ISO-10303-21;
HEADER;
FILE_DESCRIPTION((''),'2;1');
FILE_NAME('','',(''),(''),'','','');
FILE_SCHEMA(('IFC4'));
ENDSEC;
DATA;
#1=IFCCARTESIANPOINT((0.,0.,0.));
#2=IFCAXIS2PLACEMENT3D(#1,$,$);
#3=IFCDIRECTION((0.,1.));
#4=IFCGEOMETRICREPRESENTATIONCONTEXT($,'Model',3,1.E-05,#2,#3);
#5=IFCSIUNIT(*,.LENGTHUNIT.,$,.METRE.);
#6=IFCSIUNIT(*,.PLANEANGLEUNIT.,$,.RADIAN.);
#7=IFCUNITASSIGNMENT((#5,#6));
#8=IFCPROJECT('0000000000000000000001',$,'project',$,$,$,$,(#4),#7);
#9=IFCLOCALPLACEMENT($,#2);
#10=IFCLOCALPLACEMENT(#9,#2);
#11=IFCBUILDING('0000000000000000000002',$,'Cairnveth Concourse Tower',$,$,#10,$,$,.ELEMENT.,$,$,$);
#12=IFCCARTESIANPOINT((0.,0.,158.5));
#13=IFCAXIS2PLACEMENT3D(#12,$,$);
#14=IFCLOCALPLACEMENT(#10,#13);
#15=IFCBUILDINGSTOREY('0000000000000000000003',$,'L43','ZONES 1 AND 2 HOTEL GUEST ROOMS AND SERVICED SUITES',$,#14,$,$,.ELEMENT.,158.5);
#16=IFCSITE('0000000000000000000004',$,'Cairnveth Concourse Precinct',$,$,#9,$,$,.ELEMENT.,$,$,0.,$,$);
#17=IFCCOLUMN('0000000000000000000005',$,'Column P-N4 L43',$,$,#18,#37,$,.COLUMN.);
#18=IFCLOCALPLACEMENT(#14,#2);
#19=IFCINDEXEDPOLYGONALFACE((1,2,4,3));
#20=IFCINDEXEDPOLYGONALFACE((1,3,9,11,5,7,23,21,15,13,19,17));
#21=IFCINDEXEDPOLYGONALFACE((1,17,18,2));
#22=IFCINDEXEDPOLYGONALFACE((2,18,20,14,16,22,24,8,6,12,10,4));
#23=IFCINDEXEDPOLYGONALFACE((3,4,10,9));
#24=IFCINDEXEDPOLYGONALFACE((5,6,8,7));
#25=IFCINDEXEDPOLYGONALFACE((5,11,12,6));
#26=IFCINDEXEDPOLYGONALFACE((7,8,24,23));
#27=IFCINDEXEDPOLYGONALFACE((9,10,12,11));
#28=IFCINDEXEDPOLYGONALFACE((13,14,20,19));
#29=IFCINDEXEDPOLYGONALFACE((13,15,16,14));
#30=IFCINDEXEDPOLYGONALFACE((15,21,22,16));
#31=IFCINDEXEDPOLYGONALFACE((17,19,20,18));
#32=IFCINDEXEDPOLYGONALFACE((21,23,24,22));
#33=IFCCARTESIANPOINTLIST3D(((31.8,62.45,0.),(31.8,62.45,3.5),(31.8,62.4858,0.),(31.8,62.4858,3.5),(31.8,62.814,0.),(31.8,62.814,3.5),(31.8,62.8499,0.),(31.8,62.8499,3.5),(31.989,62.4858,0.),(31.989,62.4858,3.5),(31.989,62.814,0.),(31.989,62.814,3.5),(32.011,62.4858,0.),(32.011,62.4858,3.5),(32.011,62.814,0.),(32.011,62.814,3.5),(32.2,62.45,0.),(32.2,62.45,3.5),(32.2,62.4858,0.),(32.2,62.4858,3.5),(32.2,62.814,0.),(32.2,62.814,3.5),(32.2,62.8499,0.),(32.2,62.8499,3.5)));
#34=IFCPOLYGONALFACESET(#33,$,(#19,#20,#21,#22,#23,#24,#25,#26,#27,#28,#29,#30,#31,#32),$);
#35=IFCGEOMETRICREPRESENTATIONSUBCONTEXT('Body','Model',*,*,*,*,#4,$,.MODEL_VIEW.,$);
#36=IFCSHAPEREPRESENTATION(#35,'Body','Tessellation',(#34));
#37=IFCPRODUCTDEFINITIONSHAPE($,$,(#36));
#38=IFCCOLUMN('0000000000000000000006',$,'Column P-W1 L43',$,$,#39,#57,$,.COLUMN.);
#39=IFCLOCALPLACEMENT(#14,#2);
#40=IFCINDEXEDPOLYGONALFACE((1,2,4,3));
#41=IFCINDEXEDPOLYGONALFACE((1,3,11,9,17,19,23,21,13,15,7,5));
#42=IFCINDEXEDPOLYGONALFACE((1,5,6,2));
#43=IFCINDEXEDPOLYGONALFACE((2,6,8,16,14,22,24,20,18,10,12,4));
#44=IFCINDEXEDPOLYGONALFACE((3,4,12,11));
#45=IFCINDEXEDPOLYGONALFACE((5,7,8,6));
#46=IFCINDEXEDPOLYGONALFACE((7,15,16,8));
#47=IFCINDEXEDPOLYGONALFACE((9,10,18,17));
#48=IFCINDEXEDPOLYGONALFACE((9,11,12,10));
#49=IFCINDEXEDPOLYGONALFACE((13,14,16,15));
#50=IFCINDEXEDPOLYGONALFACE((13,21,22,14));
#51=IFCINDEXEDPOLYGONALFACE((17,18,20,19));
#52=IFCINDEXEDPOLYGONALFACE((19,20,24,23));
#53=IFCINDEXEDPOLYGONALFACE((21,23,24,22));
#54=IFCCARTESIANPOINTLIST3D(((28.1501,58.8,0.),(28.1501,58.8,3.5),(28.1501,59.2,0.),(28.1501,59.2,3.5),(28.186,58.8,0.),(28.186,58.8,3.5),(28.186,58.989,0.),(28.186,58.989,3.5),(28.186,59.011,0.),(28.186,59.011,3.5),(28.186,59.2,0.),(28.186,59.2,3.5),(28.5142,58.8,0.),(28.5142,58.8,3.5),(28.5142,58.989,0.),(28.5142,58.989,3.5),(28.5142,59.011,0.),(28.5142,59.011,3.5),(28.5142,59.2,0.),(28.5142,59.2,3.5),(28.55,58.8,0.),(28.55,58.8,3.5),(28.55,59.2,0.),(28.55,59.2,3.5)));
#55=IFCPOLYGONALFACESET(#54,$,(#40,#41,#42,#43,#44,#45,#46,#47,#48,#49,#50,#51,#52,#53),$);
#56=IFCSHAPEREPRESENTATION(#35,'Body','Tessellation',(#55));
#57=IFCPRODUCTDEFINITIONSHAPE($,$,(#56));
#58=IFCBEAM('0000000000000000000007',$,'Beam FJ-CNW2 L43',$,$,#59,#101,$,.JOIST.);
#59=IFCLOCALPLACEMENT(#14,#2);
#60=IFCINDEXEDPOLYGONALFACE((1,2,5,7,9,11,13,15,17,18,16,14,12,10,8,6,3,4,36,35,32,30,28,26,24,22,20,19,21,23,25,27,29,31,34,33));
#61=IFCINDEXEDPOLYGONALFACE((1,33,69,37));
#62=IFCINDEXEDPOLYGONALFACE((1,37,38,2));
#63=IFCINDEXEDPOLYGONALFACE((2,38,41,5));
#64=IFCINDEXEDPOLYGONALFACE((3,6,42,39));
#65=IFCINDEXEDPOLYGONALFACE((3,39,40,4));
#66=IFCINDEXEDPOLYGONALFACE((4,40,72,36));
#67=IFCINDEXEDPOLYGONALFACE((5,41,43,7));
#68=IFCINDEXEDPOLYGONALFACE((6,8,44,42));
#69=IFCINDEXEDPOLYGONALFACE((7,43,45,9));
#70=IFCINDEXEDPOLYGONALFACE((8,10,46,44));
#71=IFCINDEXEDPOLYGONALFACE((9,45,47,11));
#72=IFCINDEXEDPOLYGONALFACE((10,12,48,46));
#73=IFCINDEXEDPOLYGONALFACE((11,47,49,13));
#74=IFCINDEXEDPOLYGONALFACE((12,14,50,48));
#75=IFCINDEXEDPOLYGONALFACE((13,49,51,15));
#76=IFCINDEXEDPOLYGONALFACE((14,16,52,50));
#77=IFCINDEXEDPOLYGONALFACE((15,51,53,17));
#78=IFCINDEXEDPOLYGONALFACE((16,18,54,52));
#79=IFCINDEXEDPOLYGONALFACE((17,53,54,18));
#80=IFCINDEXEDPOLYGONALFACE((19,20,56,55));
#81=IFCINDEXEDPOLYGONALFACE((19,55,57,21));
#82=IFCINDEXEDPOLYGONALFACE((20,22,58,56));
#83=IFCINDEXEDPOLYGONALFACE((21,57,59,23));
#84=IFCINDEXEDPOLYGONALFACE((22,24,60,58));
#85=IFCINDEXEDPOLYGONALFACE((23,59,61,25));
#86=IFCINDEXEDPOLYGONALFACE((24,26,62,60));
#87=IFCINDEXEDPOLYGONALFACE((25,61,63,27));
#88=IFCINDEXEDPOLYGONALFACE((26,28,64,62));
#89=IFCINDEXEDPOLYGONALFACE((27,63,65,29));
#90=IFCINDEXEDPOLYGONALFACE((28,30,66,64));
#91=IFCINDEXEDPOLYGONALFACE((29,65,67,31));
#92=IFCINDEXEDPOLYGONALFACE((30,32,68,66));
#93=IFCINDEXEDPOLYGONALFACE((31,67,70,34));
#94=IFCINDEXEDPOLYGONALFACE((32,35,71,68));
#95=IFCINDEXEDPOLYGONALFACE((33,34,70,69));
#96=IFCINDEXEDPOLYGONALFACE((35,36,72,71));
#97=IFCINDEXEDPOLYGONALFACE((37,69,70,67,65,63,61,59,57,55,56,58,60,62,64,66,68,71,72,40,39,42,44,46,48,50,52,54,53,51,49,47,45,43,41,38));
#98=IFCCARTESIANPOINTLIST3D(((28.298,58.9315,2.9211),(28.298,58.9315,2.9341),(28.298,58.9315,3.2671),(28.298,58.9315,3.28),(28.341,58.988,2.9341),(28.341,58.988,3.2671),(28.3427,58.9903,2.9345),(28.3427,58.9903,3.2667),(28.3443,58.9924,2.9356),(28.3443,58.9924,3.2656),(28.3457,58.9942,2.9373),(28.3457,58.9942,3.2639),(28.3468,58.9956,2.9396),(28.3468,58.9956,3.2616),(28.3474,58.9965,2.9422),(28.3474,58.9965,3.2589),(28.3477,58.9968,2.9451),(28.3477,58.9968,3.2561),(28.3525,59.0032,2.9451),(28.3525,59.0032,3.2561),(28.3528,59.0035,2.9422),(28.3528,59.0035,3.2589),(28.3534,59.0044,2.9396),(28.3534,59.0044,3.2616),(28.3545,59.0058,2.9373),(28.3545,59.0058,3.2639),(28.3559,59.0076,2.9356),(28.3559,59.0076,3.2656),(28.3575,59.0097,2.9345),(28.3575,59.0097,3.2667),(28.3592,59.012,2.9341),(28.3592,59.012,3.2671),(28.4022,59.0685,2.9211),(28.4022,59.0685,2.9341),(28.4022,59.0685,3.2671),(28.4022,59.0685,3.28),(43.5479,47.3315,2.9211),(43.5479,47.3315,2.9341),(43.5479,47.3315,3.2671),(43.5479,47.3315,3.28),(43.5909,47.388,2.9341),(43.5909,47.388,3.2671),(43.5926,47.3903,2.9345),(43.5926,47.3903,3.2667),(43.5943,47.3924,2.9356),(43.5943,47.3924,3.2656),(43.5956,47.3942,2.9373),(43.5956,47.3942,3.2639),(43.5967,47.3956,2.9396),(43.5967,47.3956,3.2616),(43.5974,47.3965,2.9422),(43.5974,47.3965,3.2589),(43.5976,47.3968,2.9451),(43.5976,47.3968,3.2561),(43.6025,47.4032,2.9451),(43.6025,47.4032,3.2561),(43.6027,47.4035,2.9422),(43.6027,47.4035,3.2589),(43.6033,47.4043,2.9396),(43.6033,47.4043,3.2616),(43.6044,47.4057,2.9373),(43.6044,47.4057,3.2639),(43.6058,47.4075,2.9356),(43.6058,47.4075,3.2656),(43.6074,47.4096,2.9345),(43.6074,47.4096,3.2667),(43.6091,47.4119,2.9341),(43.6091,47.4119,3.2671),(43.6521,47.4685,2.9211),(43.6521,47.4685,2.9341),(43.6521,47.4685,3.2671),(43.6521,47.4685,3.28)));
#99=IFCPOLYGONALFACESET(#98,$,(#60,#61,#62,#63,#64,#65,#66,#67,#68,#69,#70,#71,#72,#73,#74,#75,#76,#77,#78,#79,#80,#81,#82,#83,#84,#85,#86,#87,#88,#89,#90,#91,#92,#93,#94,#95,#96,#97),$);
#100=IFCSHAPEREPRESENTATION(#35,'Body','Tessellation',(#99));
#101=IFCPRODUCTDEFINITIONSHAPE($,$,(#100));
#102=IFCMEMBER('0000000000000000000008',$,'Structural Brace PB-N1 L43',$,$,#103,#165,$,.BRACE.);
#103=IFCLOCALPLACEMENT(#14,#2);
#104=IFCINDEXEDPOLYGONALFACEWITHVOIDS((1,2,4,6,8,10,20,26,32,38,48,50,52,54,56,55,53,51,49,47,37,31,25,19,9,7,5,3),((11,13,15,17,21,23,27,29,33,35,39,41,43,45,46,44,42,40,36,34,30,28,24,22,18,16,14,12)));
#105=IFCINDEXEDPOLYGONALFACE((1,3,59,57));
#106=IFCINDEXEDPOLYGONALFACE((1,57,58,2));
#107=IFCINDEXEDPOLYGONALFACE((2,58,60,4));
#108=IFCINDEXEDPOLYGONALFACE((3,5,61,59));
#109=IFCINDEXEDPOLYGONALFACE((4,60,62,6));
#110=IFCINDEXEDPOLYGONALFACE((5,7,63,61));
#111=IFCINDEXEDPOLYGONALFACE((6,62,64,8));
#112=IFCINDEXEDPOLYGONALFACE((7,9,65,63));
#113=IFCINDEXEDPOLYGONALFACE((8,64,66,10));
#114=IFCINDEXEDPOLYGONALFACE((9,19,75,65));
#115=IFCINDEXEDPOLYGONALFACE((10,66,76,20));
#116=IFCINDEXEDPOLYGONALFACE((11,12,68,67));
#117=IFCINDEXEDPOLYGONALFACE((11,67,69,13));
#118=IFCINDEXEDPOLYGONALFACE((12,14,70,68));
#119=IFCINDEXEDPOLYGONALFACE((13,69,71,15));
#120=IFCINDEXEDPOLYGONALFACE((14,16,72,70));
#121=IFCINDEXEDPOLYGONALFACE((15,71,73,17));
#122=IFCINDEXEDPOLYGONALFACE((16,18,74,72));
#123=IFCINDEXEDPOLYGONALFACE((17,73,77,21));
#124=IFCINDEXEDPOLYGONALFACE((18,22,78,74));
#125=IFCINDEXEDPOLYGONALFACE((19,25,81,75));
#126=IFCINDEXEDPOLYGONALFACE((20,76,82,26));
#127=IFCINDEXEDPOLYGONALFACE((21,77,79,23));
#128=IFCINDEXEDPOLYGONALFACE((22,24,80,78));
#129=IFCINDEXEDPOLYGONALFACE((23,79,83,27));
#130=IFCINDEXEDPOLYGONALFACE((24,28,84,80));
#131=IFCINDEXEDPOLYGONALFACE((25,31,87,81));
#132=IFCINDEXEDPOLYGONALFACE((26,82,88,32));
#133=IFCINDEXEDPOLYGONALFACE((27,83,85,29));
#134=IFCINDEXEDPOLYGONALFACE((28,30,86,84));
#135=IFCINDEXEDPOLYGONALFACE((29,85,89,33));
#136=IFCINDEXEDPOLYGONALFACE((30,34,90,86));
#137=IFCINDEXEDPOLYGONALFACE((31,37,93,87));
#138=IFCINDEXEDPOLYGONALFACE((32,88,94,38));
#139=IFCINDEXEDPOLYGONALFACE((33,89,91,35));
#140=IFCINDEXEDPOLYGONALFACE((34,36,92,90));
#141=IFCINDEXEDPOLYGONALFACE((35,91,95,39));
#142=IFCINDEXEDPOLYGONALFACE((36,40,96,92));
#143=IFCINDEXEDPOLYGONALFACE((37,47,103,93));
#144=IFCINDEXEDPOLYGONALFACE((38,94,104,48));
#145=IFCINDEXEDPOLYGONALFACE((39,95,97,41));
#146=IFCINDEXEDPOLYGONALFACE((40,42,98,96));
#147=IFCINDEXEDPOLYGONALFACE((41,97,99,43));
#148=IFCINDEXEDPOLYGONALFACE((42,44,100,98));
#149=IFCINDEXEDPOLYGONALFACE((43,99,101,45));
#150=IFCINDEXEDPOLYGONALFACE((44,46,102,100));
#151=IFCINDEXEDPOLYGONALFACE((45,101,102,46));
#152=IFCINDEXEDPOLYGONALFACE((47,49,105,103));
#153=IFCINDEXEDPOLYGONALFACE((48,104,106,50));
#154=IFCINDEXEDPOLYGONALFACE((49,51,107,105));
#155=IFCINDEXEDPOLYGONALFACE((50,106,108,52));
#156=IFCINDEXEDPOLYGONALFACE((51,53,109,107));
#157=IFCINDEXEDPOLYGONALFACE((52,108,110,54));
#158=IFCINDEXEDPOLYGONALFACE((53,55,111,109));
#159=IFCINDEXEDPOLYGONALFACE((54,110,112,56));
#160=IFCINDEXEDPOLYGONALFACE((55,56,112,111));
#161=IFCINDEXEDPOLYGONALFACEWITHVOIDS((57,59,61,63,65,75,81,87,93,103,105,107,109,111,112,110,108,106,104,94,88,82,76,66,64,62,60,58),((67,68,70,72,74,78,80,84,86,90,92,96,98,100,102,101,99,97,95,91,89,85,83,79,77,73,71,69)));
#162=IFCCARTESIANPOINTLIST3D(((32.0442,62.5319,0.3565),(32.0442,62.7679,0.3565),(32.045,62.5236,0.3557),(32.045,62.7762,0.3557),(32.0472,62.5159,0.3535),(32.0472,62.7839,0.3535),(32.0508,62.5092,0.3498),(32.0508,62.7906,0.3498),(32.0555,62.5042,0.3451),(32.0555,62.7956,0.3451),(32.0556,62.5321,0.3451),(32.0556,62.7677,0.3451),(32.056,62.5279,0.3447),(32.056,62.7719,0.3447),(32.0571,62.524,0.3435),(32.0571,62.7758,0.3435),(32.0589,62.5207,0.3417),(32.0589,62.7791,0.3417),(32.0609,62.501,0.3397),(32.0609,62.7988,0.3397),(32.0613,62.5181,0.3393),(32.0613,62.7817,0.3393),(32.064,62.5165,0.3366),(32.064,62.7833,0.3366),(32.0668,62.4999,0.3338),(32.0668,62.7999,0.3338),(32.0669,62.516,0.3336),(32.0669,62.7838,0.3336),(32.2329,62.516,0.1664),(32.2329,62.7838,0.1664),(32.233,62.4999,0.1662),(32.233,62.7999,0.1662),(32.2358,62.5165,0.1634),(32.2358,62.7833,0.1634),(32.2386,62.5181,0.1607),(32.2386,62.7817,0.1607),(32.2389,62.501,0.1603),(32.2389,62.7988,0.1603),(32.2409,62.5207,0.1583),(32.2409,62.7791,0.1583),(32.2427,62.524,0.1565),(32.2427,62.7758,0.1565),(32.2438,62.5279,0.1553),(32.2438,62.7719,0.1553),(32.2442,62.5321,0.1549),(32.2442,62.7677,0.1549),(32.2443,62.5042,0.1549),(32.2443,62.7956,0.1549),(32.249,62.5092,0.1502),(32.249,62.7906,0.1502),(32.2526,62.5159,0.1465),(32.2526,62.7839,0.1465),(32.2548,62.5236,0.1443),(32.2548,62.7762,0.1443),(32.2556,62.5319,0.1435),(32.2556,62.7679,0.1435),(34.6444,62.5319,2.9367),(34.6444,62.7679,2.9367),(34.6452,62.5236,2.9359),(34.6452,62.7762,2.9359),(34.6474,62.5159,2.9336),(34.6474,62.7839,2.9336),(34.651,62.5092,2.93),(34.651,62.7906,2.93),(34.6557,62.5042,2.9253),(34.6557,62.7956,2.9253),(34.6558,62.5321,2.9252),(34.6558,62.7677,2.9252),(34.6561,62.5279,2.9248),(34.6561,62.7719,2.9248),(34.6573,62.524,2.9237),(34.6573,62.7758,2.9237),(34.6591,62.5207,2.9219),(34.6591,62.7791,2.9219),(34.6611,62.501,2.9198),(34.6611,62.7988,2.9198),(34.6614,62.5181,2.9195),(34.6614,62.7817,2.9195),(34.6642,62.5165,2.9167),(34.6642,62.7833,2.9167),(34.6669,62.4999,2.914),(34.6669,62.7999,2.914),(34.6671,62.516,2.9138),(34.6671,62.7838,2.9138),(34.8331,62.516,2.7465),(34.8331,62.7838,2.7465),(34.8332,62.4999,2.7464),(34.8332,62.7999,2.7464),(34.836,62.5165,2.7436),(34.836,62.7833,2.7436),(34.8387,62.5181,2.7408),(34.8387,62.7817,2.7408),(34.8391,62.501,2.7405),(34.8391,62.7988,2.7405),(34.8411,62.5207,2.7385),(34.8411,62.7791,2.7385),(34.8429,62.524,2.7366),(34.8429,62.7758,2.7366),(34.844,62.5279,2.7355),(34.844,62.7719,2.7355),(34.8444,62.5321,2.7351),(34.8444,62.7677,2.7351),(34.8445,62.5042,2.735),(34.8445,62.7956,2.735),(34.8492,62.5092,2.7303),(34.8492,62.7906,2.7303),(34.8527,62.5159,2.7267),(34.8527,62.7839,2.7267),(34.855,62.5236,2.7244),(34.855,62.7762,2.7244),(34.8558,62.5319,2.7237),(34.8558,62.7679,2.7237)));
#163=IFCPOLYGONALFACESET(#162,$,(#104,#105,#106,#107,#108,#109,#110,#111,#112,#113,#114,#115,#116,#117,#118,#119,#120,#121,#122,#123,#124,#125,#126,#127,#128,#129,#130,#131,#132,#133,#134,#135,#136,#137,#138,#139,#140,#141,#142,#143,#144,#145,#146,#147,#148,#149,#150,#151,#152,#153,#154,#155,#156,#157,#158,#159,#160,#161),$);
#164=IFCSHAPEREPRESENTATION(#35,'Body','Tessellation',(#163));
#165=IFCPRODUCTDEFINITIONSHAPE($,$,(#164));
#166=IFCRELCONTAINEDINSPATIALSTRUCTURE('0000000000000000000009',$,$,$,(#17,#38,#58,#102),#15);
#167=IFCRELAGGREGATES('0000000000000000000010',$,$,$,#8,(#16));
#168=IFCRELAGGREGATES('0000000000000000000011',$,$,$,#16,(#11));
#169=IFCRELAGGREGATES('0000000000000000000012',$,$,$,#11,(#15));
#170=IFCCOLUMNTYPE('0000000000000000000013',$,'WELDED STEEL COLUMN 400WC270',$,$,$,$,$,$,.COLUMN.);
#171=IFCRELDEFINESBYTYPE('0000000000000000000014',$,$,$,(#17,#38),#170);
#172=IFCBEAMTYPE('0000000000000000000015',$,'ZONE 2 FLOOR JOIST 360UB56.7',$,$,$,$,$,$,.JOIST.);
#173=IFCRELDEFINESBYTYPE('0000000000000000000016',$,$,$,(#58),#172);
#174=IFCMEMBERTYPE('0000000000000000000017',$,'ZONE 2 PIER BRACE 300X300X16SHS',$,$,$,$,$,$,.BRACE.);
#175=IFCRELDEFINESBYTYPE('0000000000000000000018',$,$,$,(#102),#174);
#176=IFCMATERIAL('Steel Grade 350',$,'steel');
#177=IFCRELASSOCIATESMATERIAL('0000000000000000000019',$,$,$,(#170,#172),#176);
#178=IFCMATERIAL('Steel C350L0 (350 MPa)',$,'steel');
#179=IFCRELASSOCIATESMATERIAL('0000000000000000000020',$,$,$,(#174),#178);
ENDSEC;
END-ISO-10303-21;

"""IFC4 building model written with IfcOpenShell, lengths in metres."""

from ifc_helpers import new_model, si_unit, direction, frame, origin, origin_2d, place, context, subcontext, project, spatial, hollow_rectangle, i_section, extrude, material, material_profile, profile_set, type_object, element, save


model = new_model("IFC4")

# Units and contexts
model_context = context("Model", 3, precision=1e-05, world=origin(), true_north=direction((0.0, 1.0)))
body_context = subcontext(model_context, "Body", "Model", "MODEL_VIEW")
ifc_project = project(units=[si_unit("LENGTHUNIT", "METRE"), si_unit("PLANEANGLEUNIT", "RADIAN")], contexts=[model_context])

# Site, building, storey
site_placement = place(None, origin())
site = spatial("IfcSite", under=ifc_project, at=site_placement, Name="Cairnveth Concourse Precinct", CompositionType="ELEMENT", RefElevation=0.0)
building_placement = place(site_placement, origin())
building = spatial("IfcBuilding", under=site, at=building_placement, Name="Cairnveth Concourse Tower", CompositionType="ELEMENT")
storey_placement = place(building_placement, frame((0.0, 0.0, 158.5)))
storey = spatial("IfcBuildingStorey", under=building, at=storey_placement, Name="L43", Description="ZONES 1 AND 2 HOTEL GUEST ROOMS AND SERVICED SUITES", CompositionType="ELEMENT", Elevation=158.5)

# Columns
ifc_material_1 = material(Name="Steel Grade 350", Category="steel")
ifc_material_profile_1 = material_profile(ifc_material_1, i_section(OverallWidth=0.3999, OverallDepth=0.3999, WebThickness=0.022, FlangeThickness=0.0359, at=origin_2d()), Name="400WC270")
ifc_profile_set_1 = profile_set([ifc_material_profile_1], Name="Steel Grade 350")
column_type = type_object("IfcColumnType", Name="WELDED STEEL COLUMN 400WC270", PredefinedType="COLUMN", material=ifc_profile_set_1)
for number, where, z_axis, x_axis, name in (
    (1, (32.0, 62.6499, 0.0), (0.0, 0.0, 1.0), (1.0, 0.0, 0.0), "Column P-N4 L43"),
    (2, (28.3501, 59.0, 0.0), (0.0, 0.0, 1.0), (0.0, 1.0, 0.0), "Column P-W1 L43"),
):
    element("IfcColumn", number, at=place(storey_placement, frame(where, z_axis=z_axis, x_axis=x_axis)), inside=storey, type_object=column_type, Name=name, PredefinedType="COLUMN", context=body_context, shape_type="SweptSolid", body=[
        extrude(i_section(OverallWidth=0.3999, OverallDepth=0.3999, WebThickness=0.022, FlangeThickness=0.0359, at=origin_2d()), origin(), (0.0, 0.0, 1.0), 3.5),
    ])

# Beam
ifc_material_profile_2 = material_profile(ifc_material_1, i_section(OverallWidth=0.1721, OverallDepth=0.3589, WebThickness=0.0081, FlangeThickness=0.0129, FilletRadius=0.011, at=origin_2d()), Name="360UB56.7")
ifc_profile_set_2 = profile_set([ifc_material_profile_2], Name="Steel Grade 350")
beam_type_1 = type_object("IfcBeamType", Name="ZONE 2 FLOOR JOIST 360UB56.7", PredefinedType="JOIST", material=ifc_profile_set_2)
beam_1_placement = place(storey_placement, frame((28.3501, 59.0, 3.1006), z_axis=(0.795908, -0.605417, 0.0), x_axis=(0.605417, 0.795908, 0.0)))
element("IfcBeam", 3, at=beam_1_placement, inside=storey, type_object=beam_type_1, Name="Beam FJ-CNW2 L43", PredefinedType="JOIST", context=body_context, shape_type="SweptSolid", body=[
    extrude(i_section(OverallWidth=0.1721, OverallDepth=0.3589, WebThickness=0.0081, FlangeThickness=0.0129, FilletRadius=0.011, at=origin_2d()), origin(), (0.0, 0.0, 1.0), 19.1604),
])

# Member
ifc_material_2 = material(Name="Steel C350L0 (350 MPa)", Category="steel")
ifc_material_profile_3 = material_profile(ifc_material_2, hollow_rectangle(XDim=0.3, YDim=0.3, WallThickness=0.0161, InnerFilletRadius=0.0161, OuterFilletRadius=0.032, at=origin_2d()), Name="300x300x16.0SHS")
ifc_profile_set_3 = profile_set([ifc_material_profile_3], Name="Steel C350L0 (350 MPa)")
member_type = type_object("IfcMemberType", Name="ZONE 2 PIER BRACE 300X300X16SHS", PredefinedType="BRACE", material=ifc_profile_set_3)
for number, where, z_axis, x_axis, name in (
    (4, (32.1499, 62.6499, 0.25), (0.709834, 0.0, 0.704369), (0.0, 1.0, 0.0), "Structural Brace PB-N1 L43"),
):
    element("IfcMember", number, at=place(storey_placement, frame(where, z_axis=z_axis, x_axis=x_axis)), inside=storey, type_object=member_type, Name=name, PredefinedType="BRACE", context=body_context, shape_type="SweptSolid", body=[
        extrude(hollow_rectangle(XDim=0.3, YDim=0.3, WallThickness=0.0161, InnerFilletRadius=0.0161, OuterFilletRadius=0.032, at=origin_2d()), origin(), (0.0, 0.0, 1.0), 3.6631),
    ])

save(model, "model.ifc")
